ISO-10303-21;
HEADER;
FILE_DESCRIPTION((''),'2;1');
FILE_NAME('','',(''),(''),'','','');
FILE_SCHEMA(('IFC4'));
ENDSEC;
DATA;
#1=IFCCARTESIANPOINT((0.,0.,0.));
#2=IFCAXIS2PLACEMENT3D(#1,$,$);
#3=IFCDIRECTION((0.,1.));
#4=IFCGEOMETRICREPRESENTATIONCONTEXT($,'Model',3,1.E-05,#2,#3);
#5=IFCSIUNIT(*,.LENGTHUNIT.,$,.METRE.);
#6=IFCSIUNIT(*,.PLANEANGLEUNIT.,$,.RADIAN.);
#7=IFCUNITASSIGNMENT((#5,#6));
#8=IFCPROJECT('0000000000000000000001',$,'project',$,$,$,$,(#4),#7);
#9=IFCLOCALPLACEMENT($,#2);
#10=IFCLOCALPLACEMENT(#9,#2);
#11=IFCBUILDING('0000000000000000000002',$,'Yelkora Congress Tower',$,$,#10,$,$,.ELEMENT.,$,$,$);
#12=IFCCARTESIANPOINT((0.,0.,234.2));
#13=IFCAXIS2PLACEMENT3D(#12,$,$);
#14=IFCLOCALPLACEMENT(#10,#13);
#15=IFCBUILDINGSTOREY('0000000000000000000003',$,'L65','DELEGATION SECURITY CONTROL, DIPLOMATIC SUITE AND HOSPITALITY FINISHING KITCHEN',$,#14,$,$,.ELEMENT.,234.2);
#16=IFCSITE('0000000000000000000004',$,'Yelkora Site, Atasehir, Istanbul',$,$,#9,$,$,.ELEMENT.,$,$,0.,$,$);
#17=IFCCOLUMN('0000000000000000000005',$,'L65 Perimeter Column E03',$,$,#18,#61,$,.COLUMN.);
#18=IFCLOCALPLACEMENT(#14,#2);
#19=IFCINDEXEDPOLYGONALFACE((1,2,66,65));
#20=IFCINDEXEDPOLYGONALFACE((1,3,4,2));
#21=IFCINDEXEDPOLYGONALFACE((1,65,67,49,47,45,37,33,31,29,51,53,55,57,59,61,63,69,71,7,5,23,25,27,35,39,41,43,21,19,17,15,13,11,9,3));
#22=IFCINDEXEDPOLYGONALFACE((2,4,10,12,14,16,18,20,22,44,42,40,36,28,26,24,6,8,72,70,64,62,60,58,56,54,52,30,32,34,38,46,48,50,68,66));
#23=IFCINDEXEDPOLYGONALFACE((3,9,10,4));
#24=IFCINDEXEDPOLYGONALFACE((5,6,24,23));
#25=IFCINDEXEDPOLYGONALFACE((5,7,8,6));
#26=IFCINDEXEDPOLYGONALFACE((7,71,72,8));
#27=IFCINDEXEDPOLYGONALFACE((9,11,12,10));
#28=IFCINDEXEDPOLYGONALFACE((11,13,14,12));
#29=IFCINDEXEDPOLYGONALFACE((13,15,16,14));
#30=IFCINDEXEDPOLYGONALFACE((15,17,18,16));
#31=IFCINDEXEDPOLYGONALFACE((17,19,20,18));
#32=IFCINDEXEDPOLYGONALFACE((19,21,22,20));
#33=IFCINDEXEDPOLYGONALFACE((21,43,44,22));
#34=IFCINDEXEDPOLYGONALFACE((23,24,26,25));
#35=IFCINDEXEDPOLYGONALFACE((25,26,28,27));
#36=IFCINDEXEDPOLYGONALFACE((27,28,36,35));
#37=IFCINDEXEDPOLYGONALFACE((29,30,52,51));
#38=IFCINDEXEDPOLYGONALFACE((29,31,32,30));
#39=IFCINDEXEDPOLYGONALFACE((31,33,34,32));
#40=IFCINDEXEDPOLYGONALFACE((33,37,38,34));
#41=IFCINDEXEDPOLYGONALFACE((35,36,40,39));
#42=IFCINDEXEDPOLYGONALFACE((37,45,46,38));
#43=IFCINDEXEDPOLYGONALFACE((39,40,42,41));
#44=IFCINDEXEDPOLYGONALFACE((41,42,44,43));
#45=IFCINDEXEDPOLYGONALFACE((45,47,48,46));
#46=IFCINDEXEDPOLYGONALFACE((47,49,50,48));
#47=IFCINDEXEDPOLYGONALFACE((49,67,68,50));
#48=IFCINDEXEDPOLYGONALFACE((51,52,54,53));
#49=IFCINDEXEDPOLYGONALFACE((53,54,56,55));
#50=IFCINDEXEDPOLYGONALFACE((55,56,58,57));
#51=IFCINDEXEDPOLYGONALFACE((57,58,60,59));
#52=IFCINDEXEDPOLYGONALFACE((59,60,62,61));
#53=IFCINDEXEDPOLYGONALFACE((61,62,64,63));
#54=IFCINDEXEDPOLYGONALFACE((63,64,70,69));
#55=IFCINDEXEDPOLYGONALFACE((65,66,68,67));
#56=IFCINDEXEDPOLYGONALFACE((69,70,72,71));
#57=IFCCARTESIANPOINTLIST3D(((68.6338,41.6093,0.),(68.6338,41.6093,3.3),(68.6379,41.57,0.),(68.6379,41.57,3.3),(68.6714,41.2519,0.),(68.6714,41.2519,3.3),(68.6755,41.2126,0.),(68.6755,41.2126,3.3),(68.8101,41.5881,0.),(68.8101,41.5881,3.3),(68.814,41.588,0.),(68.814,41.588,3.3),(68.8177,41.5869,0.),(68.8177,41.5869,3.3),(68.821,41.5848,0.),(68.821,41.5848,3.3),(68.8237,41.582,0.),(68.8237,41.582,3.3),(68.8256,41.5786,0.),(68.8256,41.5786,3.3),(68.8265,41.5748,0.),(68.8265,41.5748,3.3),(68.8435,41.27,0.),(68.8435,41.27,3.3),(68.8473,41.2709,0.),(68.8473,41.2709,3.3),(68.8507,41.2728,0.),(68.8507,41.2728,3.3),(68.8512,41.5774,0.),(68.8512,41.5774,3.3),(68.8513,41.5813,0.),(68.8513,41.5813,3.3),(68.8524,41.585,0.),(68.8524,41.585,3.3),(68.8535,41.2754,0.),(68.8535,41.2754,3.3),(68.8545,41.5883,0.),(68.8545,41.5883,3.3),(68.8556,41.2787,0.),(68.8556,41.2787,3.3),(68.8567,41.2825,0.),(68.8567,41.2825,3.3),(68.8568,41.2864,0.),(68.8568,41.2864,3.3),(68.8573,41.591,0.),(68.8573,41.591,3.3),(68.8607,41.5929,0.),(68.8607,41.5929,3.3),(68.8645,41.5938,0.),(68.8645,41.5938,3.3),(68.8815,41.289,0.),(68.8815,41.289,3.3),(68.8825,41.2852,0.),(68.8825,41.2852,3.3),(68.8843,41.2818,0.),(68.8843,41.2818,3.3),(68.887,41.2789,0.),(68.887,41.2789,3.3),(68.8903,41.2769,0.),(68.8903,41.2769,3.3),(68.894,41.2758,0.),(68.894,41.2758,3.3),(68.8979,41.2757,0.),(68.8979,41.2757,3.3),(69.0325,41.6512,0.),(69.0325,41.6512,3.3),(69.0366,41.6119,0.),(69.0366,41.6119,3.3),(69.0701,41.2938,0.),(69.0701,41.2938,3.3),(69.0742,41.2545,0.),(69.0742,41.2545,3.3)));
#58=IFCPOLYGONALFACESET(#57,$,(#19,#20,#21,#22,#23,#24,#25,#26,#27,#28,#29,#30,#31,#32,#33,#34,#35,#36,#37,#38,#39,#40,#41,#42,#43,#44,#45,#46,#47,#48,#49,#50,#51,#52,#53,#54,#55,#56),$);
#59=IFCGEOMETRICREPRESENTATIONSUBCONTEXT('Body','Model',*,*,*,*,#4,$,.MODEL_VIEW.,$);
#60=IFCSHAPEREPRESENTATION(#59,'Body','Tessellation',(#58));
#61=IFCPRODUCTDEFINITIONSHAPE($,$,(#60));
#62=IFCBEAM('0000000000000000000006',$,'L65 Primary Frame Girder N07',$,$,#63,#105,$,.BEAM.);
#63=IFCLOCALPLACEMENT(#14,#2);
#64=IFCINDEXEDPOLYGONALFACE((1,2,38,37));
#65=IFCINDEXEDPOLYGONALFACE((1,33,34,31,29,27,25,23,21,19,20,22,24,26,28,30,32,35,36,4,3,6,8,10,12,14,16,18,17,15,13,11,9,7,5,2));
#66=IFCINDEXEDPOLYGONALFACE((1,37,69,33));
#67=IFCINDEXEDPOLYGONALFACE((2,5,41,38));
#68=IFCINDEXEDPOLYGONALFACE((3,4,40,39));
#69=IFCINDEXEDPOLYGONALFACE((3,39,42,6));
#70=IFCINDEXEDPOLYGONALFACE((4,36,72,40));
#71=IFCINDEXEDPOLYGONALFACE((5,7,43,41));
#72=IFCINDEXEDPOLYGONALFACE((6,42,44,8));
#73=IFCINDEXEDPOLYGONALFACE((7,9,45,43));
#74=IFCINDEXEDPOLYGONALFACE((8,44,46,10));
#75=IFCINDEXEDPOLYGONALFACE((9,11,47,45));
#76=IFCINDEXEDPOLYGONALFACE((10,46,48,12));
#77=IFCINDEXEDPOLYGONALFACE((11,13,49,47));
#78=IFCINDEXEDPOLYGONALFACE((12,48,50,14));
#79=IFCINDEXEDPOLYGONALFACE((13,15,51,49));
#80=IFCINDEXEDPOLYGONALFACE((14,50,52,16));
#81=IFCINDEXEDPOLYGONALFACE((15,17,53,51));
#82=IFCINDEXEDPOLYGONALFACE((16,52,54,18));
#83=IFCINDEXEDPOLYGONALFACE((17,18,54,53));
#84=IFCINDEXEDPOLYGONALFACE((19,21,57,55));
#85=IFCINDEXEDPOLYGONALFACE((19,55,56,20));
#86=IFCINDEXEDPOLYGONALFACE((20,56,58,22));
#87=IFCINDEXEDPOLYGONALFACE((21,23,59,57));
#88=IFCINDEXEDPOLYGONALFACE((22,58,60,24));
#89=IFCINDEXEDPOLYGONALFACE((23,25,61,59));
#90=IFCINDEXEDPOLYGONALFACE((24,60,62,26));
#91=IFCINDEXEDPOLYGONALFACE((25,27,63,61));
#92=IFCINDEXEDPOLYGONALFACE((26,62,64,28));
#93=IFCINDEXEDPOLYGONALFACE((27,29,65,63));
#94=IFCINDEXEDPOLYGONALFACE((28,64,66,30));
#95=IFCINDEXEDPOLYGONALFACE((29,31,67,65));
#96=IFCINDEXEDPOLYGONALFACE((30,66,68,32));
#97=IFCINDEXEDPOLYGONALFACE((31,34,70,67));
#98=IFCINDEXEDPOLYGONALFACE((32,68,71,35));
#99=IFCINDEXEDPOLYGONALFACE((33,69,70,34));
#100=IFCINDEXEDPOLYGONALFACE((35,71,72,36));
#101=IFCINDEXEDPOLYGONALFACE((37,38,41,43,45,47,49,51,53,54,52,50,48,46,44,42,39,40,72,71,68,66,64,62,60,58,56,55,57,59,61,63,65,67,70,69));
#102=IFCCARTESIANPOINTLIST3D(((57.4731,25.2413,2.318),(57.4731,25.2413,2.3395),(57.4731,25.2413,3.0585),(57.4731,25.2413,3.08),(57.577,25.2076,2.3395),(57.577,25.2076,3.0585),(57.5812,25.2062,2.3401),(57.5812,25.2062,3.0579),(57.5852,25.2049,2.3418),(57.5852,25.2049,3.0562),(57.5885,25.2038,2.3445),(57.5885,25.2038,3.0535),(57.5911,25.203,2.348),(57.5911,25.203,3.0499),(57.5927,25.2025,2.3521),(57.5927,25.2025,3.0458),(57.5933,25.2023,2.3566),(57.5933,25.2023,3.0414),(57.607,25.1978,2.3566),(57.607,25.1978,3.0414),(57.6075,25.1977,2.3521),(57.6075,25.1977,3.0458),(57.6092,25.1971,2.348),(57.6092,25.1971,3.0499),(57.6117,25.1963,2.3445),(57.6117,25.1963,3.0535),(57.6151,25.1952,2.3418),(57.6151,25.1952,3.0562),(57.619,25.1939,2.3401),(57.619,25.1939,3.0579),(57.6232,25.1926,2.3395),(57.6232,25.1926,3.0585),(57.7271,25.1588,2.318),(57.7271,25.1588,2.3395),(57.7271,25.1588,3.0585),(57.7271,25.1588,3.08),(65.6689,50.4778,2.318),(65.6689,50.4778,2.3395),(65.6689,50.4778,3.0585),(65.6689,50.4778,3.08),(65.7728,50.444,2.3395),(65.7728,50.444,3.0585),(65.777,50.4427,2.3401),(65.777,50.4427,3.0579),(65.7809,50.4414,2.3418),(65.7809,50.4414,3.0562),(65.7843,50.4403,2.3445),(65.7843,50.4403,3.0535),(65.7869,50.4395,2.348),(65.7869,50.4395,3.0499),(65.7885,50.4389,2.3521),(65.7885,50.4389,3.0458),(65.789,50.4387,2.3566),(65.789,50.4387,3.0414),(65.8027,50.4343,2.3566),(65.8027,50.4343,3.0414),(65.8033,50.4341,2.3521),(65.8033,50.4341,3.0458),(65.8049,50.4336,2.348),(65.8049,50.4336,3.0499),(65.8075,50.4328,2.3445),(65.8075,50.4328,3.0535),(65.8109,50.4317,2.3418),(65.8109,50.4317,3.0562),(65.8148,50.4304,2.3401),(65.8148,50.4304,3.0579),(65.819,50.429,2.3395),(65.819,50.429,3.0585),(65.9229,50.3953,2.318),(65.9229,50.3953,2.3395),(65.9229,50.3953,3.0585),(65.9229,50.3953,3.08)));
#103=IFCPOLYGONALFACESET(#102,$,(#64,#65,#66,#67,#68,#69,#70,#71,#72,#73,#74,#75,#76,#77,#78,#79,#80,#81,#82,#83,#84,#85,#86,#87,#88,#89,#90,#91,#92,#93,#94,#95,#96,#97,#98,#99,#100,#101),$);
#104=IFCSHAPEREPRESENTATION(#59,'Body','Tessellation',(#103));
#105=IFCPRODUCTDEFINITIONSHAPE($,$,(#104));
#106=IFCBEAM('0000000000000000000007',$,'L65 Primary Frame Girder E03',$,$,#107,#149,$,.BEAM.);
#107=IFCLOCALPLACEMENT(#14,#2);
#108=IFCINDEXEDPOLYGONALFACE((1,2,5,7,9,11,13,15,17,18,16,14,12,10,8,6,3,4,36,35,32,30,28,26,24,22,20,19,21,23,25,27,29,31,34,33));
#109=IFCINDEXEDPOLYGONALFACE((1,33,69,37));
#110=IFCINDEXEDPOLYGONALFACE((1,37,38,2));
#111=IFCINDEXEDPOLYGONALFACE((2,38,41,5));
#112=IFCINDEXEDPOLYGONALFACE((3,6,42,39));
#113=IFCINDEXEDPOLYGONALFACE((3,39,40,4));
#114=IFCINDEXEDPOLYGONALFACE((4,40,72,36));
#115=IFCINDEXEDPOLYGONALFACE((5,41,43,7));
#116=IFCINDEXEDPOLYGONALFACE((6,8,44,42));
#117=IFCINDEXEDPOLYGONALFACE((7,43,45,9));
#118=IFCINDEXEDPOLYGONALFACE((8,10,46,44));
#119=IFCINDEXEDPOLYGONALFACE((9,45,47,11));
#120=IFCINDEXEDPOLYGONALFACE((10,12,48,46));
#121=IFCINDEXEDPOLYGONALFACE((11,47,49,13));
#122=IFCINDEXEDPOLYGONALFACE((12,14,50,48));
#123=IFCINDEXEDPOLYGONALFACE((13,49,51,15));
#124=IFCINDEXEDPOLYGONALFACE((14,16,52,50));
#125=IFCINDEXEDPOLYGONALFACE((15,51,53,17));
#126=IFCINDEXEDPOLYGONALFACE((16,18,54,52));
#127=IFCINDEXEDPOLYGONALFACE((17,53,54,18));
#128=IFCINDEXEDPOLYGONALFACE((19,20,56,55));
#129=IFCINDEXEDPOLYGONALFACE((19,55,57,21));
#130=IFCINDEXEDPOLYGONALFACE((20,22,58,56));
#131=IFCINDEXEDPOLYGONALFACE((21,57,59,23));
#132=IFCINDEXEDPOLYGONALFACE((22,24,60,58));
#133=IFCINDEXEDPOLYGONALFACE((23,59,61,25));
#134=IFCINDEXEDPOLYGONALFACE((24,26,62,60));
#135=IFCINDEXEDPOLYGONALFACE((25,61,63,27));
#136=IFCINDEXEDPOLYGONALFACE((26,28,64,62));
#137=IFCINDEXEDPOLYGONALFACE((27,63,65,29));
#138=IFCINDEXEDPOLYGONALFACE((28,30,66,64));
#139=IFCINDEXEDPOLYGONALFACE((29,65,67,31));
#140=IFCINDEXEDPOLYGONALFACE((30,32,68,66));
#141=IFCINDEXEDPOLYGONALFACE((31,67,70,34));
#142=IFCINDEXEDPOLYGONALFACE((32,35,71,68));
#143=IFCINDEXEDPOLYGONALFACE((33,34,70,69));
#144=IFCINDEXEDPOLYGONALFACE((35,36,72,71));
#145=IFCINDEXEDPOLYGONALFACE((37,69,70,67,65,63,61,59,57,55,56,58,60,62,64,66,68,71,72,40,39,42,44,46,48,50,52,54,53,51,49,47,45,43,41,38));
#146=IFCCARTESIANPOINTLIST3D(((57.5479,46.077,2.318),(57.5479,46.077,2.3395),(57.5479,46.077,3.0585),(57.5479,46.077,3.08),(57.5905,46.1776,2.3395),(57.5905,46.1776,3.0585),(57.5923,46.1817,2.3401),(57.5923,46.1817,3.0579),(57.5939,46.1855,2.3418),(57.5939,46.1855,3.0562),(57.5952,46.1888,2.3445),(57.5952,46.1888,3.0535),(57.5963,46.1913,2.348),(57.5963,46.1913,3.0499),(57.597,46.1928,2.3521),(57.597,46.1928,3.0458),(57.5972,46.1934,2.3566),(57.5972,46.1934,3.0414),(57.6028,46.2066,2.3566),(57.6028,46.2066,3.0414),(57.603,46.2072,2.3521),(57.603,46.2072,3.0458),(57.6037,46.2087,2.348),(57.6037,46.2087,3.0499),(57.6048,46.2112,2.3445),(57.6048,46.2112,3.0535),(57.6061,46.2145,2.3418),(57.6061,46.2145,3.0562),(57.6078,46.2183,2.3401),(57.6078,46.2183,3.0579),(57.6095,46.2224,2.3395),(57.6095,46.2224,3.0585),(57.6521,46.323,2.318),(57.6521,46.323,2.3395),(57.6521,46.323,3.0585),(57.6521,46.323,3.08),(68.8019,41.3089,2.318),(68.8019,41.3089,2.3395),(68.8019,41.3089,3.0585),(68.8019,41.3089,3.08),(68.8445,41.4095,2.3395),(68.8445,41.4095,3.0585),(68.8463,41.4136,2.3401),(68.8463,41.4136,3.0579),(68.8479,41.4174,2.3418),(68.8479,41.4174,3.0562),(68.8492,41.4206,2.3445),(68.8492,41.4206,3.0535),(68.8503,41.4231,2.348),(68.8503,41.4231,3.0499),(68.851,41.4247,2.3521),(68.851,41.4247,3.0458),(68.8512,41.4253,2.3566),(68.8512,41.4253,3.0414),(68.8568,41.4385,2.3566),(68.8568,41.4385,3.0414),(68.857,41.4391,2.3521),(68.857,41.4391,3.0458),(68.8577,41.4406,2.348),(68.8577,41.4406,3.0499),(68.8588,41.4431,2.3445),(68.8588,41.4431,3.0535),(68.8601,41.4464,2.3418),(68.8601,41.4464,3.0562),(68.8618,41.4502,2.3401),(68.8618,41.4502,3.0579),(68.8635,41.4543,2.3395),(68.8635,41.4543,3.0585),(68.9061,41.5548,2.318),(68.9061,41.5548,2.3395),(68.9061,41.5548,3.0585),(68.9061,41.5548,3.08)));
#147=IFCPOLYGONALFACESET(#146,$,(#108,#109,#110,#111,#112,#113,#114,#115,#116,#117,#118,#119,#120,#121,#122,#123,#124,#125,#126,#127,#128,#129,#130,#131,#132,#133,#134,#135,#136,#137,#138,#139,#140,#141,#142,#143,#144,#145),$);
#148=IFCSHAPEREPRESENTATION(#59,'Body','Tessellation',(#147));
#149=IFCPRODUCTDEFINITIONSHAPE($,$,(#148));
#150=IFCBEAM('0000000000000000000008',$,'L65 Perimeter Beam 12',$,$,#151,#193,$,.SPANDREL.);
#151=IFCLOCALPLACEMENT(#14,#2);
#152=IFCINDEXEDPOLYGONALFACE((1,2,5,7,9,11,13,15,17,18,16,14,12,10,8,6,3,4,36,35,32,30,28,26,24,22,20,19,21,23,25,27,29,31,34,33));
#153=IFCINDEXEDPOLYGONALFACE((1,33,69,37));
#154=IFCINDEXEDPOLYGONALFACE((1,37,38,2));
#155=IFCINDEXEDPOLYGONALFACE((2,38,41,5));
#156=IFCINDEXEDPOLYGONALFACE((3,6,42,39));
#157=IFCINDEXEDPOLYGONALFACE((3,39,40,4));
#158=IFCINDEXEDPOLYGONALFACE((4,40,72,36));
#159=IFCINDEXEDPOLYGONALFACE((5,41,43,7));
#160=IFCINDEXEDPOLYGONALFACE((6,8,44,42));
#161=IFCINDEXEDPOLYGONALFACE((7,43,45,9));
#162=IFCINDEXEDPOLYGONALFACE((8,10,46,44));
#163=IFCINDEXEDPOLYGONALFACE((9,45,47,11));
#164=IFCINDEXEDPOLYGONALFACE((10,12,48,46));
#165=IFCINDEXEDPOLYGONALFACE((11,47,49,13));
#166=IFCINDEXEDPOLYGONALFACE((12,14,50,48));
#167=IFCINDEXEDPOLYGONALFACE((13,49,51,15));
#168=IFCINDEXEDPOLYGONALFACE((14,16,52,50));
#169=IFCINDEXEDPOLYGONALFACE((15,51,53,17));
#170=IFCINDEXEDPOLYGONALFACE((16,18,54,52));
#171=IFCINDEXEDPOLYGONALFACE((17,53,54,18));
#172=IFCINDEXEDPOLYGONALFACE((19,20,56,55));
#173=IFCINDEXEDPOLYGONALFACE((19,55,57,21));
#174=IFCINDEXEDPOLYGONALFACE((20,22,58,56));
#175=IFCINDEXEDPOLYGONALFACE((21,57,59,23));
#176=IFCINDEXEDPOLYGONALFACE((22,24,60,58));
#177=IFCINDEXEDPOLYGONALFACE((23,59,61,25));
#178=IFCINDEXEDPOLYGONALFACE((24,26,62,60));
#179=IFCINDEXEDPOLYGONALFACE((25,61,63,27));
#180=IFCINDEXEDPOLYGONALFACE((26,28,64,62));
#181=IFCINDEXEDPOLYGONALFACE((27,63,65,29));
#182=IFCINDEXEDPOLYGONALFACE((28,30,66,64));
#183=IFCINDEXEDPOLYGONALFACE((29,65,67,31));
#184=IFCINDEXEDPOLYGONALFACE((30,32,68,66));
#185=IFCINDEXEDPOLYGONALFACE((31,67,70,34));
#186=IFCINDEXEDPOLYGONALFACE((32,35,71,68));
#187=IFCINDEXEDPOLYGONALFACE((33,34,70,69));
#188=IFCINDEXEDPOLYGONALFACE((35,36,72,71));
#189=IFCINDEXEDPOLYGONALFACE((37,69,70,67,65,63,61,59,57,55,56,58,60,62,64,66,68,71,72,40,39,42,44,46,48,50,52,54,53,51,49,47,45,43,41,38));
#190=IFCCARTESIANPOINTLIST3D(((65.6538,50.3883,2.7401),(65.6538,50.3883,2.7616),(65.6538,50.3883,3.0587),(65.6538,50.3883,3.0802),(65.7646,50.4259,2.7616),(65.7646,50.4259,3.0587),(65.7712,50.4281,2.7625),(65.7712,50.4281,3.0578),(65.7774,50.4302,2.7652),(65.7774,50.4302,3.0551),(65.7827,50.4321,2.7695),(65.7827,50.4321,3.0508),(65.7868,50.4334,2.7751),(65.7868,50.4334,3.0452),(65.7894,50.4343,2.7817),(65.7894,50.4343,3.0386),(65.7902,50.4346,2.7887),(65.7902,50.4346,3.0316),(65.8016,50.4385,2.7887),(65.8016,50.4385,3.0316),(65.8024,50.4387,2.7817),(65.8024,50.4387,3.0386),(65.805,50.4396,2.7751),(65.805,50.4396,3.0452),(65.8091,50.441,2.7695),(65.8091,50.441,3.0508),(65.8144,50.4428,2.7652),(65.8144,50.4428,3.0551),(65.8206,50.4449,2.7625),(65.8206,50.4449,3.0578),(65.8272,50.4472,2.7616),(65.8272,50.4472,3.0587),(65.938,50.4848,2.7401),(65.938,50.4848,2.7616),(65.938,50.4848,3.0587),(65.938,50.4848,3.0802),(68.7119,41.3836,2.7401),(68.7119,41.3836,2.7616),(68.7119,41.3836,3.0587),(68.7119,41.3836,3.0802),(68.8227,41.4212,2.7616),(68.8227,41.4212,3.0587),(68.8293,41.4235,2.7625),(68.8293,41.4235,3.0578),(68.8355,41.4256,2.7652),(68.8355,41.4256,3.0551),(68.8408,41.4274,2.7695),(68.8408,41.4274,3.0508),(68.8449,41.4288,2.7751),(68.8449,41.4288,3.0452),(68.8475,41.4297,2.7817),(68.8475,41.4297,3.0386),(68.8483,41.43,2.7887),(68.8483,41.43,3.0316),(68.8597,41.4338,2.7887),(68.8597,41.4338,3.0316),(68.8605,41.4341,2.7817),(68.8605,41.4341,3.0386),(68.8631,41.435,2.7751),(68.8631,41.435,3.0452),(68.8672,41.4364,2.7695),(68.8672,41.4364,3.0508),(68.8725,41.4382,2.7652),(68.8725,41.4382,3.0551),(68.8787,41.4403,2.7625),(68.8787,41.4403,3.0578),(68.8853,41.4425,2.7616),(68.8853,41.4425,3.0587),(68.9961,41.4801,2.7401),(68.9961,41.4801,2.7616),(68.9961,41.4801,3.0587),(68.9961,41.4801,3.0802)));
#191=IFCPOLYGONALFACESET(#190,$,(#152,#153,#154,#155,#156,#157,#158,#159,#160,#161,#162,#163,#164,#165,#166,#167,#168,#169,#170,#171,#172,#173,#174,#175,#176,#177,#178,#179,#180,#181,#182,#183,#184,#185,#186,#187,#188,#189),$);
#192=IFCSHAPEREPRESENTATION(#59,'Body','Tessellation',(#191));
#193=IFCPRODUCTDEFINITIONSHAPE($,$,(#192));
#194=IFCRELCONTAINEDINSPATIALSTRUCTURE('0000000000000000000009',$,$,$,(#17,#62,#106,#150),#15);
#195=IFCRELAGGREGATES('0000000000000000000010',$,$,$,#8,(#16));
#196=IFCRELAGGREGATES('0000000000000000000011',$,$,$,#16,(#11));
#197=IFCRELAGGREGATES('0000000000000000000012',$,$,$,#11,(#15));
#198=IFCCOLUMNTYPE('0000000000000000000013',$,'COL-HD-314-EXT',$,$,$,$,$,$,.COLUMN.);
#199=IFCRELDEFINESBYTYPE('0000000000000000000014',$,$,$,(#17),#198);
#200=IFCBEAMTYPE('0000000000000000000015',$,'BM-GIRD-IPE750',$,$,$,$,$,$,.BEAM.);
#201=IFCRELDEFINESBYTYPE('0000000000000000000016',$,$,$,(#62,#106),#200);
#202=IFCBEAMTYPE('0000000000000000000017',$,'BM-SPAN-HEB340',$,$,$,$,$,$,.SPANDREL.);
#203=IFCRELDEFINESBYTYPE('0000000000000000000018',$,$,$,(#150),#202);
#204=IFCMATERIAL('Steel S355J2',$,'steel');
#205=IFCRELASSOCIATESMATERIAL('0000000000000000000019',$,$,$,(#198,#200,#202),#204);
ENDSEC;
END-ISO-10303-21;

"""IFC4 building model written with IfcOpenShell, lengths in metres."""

from ifc_helpers import new_model, si_unit, direction, frame, origin, origin_2d, place, context, subcontext, project, spatial, i_section, extrude, material, material_profile, profile_set, type_object, element, save


model = new_model("IFC4")

# Units and contexts
model_context = context("Model", 3, precision=1e-05, world=origin(), true_north=direction((0.0, 1.0)))
body_context = subcontext(model_context, "Body", "Model", "MODEL_VIEW")
ifc_project = project(units=[si_unit("LENGTHUNIT", "METRE"), si_unit("PLANEANGLEUNIT", "RADIAN")], contexts=[model_context])

# Site, building, storey
site_placement = place(None, origin())
site = spatial("IfcSite", under=ifc_project, at=site_placement, Name="Yelkora Site, Atasehir, Istanbul", CompositionType="ELEMENT", RefElevation=0.0)
building_placement = place(site_placement, origin())
building = spatial("IfcBuilding", under=site, at=building_placement, Name="Yelkora Congress Tower", CompositionType="ELEMENT")
storey_placement = place(building_placement, frame((0.0, 0.0, 234.2)))
storey = spatial("IfcBuildingStorey", under=building, at=storey_placement, Name="L65", Description="DELEGATION SECURITY CONTROL, DIPLOMATIC SUITE AND HOSPITALITY FINISHING KITCHEN", CompositionType="ELEMENT", Elevation=234.2)

# Column
ifc_material_1 = material(Name="Steel S355J2", Category="steel")
ifc_material_profile_1 = material_profile(ifc_material_1, i_section(OverallWidth=0.4009, OverallDepth=0.3989, WebThickness=0.0249, FlangeThickness=0.0396, FilletRadius=0.0149, at=origin_2d()), Name="HD 400x314")
ifc_profile_set_1 = profile_set([ifc_material_profile_1], Name="Steel S355J2")
column_type = type_object("IfcColumnType", Name="COL-HD-314-EXT", PredefinedType="COLUMN", material=ifc_profile_set_1)
column_placement = place(storey_placement, frame((68.854, 41.4319, 0.0), z_axis=(0.0, 0.0, 1.0), x_axis=(0.994522, 0.104528, 0.0)))
element("IfcColumn", 1, at=column_placement, inside=storey, type_object=column_type, Name="L65 Perimeter Column E03", PredefinedType="COLUMN", context=body_context, shape_type="SweptSolid", body=[
    extrude(i_section(OverallWidth=0.4009, OverallDepth=0.3989, WebThickness=0.0249, FlangeThickness=0.0396, FilletRadius=0.0149, at=origin_2d()), origin(), (0.0, 0.0, 1.0), 3.3),
])

# Beams
ifc_material_profile_2 = material_profile(ifc_material_1, i_section(OverallWidth=0.2671, OverallDepth=0.762, WebThickness=0.0144, FlangeThickness=0.0215, FilletRadius=0.0171, at=origin_2d()), Name="IPE 750x173")
ifc_profile_set_2 = profile_set([ifc_material_profile_2], Name="Steel S355J2")
beam_type_1 = type_object("IfcBeamType", Name="BM-GIRD-IPE750", PredefinedType="BEAM", material=ifc_profile_set_2)
beam_1_placement = place(storey_placement, frame((65.7959, 50.4365, 2.699), z_axis=(-0.308879, -0.951101, 0.0), x_axis=(0.951101, -0.308879, 0.0)))
element("IfcBeam", 2, at=beam_1_placement, inside=storey, type_object=beam_type_1, Name="L65 Primary Frame Girder N07", PredefinedType="BEAM", context=body_context, shape_type="SweptSolid", body=[
    extrude(i_section(OverallWidth=0.2671, OverallDepth=0.762, WebThickness=0.0144, FlangeThickness=0.0215, FilletRadius=0.0171, at=origin_2d()), origin(), (0.0, 0.0, 1.0), 26.5339),
])
beam_2_placement = place(storey_placement, frame((68.854, 41.4319, 2.699), z_axis=(-0.920768, 0.390112, 0.0), x_axis=(-0.390112, -0.920768, 0.0)))
element("IfcBeam", 3, at=beam_2_placement, inside=storey, type_object=beam_type_1, Name="L65 Primary Frame Girder E03", PredefinedType="BEAM", context=body_context, shape_type="SweptSolid", body=[
    extrude(i_section(OverallWidth=0.2671, OverallDepth=0.762, WebThickness=0.0144, FlangeThickness=0.0215, FilletRadius=0.0171, at=origin_2d()), origin(), (0.0, 0.0, 1.0), 12.2224),
])
ifc_material_profile_3 = material_profile(ifc_material_1, i_section(OverallWidth=0.3, OverallDepth=0.3401, WebThickness=0.012, FlangeThickness=0.0215, FilletRadius=0.0271, at=origin_2d()), Name="HEB 340")
ifc_profile_set_3 = profile_set([ifc_material_profile_3], Name="Steel S355J2")
beam_type_2 = type_object("IfcBeamType", Name="BM-SPAN-HEB340", PredefinedType="SPANDREL", material=ifc_profile_set_3)
beam_3_placement = place(storey_placement, frame((68.854, 41.4319, 2.9102), z_axis=(-0.321575, 0.946884, 0.0), x_axis=(-0.946884, -0.321575, 0.0)))
element("IfcBeam", 4, at=beam_3_placement, inside=storey, type_object=beam_type_2, Name="L65 Perimeter Beam 12", PredefinedType="SPANDREL", context=body_context, shape_type="SweptSolid", body=[
    extrude(i_section(OverallWidth=0.3, OverallDepth=0.3401, WebThickness=0.012, FlangeThickness=0.0215, FilletRadius=0.0271, at=origin_2d()), origin(), (0.0, 0.0, 1.0), 9.5098),
])

save(model, "model.ifc")
